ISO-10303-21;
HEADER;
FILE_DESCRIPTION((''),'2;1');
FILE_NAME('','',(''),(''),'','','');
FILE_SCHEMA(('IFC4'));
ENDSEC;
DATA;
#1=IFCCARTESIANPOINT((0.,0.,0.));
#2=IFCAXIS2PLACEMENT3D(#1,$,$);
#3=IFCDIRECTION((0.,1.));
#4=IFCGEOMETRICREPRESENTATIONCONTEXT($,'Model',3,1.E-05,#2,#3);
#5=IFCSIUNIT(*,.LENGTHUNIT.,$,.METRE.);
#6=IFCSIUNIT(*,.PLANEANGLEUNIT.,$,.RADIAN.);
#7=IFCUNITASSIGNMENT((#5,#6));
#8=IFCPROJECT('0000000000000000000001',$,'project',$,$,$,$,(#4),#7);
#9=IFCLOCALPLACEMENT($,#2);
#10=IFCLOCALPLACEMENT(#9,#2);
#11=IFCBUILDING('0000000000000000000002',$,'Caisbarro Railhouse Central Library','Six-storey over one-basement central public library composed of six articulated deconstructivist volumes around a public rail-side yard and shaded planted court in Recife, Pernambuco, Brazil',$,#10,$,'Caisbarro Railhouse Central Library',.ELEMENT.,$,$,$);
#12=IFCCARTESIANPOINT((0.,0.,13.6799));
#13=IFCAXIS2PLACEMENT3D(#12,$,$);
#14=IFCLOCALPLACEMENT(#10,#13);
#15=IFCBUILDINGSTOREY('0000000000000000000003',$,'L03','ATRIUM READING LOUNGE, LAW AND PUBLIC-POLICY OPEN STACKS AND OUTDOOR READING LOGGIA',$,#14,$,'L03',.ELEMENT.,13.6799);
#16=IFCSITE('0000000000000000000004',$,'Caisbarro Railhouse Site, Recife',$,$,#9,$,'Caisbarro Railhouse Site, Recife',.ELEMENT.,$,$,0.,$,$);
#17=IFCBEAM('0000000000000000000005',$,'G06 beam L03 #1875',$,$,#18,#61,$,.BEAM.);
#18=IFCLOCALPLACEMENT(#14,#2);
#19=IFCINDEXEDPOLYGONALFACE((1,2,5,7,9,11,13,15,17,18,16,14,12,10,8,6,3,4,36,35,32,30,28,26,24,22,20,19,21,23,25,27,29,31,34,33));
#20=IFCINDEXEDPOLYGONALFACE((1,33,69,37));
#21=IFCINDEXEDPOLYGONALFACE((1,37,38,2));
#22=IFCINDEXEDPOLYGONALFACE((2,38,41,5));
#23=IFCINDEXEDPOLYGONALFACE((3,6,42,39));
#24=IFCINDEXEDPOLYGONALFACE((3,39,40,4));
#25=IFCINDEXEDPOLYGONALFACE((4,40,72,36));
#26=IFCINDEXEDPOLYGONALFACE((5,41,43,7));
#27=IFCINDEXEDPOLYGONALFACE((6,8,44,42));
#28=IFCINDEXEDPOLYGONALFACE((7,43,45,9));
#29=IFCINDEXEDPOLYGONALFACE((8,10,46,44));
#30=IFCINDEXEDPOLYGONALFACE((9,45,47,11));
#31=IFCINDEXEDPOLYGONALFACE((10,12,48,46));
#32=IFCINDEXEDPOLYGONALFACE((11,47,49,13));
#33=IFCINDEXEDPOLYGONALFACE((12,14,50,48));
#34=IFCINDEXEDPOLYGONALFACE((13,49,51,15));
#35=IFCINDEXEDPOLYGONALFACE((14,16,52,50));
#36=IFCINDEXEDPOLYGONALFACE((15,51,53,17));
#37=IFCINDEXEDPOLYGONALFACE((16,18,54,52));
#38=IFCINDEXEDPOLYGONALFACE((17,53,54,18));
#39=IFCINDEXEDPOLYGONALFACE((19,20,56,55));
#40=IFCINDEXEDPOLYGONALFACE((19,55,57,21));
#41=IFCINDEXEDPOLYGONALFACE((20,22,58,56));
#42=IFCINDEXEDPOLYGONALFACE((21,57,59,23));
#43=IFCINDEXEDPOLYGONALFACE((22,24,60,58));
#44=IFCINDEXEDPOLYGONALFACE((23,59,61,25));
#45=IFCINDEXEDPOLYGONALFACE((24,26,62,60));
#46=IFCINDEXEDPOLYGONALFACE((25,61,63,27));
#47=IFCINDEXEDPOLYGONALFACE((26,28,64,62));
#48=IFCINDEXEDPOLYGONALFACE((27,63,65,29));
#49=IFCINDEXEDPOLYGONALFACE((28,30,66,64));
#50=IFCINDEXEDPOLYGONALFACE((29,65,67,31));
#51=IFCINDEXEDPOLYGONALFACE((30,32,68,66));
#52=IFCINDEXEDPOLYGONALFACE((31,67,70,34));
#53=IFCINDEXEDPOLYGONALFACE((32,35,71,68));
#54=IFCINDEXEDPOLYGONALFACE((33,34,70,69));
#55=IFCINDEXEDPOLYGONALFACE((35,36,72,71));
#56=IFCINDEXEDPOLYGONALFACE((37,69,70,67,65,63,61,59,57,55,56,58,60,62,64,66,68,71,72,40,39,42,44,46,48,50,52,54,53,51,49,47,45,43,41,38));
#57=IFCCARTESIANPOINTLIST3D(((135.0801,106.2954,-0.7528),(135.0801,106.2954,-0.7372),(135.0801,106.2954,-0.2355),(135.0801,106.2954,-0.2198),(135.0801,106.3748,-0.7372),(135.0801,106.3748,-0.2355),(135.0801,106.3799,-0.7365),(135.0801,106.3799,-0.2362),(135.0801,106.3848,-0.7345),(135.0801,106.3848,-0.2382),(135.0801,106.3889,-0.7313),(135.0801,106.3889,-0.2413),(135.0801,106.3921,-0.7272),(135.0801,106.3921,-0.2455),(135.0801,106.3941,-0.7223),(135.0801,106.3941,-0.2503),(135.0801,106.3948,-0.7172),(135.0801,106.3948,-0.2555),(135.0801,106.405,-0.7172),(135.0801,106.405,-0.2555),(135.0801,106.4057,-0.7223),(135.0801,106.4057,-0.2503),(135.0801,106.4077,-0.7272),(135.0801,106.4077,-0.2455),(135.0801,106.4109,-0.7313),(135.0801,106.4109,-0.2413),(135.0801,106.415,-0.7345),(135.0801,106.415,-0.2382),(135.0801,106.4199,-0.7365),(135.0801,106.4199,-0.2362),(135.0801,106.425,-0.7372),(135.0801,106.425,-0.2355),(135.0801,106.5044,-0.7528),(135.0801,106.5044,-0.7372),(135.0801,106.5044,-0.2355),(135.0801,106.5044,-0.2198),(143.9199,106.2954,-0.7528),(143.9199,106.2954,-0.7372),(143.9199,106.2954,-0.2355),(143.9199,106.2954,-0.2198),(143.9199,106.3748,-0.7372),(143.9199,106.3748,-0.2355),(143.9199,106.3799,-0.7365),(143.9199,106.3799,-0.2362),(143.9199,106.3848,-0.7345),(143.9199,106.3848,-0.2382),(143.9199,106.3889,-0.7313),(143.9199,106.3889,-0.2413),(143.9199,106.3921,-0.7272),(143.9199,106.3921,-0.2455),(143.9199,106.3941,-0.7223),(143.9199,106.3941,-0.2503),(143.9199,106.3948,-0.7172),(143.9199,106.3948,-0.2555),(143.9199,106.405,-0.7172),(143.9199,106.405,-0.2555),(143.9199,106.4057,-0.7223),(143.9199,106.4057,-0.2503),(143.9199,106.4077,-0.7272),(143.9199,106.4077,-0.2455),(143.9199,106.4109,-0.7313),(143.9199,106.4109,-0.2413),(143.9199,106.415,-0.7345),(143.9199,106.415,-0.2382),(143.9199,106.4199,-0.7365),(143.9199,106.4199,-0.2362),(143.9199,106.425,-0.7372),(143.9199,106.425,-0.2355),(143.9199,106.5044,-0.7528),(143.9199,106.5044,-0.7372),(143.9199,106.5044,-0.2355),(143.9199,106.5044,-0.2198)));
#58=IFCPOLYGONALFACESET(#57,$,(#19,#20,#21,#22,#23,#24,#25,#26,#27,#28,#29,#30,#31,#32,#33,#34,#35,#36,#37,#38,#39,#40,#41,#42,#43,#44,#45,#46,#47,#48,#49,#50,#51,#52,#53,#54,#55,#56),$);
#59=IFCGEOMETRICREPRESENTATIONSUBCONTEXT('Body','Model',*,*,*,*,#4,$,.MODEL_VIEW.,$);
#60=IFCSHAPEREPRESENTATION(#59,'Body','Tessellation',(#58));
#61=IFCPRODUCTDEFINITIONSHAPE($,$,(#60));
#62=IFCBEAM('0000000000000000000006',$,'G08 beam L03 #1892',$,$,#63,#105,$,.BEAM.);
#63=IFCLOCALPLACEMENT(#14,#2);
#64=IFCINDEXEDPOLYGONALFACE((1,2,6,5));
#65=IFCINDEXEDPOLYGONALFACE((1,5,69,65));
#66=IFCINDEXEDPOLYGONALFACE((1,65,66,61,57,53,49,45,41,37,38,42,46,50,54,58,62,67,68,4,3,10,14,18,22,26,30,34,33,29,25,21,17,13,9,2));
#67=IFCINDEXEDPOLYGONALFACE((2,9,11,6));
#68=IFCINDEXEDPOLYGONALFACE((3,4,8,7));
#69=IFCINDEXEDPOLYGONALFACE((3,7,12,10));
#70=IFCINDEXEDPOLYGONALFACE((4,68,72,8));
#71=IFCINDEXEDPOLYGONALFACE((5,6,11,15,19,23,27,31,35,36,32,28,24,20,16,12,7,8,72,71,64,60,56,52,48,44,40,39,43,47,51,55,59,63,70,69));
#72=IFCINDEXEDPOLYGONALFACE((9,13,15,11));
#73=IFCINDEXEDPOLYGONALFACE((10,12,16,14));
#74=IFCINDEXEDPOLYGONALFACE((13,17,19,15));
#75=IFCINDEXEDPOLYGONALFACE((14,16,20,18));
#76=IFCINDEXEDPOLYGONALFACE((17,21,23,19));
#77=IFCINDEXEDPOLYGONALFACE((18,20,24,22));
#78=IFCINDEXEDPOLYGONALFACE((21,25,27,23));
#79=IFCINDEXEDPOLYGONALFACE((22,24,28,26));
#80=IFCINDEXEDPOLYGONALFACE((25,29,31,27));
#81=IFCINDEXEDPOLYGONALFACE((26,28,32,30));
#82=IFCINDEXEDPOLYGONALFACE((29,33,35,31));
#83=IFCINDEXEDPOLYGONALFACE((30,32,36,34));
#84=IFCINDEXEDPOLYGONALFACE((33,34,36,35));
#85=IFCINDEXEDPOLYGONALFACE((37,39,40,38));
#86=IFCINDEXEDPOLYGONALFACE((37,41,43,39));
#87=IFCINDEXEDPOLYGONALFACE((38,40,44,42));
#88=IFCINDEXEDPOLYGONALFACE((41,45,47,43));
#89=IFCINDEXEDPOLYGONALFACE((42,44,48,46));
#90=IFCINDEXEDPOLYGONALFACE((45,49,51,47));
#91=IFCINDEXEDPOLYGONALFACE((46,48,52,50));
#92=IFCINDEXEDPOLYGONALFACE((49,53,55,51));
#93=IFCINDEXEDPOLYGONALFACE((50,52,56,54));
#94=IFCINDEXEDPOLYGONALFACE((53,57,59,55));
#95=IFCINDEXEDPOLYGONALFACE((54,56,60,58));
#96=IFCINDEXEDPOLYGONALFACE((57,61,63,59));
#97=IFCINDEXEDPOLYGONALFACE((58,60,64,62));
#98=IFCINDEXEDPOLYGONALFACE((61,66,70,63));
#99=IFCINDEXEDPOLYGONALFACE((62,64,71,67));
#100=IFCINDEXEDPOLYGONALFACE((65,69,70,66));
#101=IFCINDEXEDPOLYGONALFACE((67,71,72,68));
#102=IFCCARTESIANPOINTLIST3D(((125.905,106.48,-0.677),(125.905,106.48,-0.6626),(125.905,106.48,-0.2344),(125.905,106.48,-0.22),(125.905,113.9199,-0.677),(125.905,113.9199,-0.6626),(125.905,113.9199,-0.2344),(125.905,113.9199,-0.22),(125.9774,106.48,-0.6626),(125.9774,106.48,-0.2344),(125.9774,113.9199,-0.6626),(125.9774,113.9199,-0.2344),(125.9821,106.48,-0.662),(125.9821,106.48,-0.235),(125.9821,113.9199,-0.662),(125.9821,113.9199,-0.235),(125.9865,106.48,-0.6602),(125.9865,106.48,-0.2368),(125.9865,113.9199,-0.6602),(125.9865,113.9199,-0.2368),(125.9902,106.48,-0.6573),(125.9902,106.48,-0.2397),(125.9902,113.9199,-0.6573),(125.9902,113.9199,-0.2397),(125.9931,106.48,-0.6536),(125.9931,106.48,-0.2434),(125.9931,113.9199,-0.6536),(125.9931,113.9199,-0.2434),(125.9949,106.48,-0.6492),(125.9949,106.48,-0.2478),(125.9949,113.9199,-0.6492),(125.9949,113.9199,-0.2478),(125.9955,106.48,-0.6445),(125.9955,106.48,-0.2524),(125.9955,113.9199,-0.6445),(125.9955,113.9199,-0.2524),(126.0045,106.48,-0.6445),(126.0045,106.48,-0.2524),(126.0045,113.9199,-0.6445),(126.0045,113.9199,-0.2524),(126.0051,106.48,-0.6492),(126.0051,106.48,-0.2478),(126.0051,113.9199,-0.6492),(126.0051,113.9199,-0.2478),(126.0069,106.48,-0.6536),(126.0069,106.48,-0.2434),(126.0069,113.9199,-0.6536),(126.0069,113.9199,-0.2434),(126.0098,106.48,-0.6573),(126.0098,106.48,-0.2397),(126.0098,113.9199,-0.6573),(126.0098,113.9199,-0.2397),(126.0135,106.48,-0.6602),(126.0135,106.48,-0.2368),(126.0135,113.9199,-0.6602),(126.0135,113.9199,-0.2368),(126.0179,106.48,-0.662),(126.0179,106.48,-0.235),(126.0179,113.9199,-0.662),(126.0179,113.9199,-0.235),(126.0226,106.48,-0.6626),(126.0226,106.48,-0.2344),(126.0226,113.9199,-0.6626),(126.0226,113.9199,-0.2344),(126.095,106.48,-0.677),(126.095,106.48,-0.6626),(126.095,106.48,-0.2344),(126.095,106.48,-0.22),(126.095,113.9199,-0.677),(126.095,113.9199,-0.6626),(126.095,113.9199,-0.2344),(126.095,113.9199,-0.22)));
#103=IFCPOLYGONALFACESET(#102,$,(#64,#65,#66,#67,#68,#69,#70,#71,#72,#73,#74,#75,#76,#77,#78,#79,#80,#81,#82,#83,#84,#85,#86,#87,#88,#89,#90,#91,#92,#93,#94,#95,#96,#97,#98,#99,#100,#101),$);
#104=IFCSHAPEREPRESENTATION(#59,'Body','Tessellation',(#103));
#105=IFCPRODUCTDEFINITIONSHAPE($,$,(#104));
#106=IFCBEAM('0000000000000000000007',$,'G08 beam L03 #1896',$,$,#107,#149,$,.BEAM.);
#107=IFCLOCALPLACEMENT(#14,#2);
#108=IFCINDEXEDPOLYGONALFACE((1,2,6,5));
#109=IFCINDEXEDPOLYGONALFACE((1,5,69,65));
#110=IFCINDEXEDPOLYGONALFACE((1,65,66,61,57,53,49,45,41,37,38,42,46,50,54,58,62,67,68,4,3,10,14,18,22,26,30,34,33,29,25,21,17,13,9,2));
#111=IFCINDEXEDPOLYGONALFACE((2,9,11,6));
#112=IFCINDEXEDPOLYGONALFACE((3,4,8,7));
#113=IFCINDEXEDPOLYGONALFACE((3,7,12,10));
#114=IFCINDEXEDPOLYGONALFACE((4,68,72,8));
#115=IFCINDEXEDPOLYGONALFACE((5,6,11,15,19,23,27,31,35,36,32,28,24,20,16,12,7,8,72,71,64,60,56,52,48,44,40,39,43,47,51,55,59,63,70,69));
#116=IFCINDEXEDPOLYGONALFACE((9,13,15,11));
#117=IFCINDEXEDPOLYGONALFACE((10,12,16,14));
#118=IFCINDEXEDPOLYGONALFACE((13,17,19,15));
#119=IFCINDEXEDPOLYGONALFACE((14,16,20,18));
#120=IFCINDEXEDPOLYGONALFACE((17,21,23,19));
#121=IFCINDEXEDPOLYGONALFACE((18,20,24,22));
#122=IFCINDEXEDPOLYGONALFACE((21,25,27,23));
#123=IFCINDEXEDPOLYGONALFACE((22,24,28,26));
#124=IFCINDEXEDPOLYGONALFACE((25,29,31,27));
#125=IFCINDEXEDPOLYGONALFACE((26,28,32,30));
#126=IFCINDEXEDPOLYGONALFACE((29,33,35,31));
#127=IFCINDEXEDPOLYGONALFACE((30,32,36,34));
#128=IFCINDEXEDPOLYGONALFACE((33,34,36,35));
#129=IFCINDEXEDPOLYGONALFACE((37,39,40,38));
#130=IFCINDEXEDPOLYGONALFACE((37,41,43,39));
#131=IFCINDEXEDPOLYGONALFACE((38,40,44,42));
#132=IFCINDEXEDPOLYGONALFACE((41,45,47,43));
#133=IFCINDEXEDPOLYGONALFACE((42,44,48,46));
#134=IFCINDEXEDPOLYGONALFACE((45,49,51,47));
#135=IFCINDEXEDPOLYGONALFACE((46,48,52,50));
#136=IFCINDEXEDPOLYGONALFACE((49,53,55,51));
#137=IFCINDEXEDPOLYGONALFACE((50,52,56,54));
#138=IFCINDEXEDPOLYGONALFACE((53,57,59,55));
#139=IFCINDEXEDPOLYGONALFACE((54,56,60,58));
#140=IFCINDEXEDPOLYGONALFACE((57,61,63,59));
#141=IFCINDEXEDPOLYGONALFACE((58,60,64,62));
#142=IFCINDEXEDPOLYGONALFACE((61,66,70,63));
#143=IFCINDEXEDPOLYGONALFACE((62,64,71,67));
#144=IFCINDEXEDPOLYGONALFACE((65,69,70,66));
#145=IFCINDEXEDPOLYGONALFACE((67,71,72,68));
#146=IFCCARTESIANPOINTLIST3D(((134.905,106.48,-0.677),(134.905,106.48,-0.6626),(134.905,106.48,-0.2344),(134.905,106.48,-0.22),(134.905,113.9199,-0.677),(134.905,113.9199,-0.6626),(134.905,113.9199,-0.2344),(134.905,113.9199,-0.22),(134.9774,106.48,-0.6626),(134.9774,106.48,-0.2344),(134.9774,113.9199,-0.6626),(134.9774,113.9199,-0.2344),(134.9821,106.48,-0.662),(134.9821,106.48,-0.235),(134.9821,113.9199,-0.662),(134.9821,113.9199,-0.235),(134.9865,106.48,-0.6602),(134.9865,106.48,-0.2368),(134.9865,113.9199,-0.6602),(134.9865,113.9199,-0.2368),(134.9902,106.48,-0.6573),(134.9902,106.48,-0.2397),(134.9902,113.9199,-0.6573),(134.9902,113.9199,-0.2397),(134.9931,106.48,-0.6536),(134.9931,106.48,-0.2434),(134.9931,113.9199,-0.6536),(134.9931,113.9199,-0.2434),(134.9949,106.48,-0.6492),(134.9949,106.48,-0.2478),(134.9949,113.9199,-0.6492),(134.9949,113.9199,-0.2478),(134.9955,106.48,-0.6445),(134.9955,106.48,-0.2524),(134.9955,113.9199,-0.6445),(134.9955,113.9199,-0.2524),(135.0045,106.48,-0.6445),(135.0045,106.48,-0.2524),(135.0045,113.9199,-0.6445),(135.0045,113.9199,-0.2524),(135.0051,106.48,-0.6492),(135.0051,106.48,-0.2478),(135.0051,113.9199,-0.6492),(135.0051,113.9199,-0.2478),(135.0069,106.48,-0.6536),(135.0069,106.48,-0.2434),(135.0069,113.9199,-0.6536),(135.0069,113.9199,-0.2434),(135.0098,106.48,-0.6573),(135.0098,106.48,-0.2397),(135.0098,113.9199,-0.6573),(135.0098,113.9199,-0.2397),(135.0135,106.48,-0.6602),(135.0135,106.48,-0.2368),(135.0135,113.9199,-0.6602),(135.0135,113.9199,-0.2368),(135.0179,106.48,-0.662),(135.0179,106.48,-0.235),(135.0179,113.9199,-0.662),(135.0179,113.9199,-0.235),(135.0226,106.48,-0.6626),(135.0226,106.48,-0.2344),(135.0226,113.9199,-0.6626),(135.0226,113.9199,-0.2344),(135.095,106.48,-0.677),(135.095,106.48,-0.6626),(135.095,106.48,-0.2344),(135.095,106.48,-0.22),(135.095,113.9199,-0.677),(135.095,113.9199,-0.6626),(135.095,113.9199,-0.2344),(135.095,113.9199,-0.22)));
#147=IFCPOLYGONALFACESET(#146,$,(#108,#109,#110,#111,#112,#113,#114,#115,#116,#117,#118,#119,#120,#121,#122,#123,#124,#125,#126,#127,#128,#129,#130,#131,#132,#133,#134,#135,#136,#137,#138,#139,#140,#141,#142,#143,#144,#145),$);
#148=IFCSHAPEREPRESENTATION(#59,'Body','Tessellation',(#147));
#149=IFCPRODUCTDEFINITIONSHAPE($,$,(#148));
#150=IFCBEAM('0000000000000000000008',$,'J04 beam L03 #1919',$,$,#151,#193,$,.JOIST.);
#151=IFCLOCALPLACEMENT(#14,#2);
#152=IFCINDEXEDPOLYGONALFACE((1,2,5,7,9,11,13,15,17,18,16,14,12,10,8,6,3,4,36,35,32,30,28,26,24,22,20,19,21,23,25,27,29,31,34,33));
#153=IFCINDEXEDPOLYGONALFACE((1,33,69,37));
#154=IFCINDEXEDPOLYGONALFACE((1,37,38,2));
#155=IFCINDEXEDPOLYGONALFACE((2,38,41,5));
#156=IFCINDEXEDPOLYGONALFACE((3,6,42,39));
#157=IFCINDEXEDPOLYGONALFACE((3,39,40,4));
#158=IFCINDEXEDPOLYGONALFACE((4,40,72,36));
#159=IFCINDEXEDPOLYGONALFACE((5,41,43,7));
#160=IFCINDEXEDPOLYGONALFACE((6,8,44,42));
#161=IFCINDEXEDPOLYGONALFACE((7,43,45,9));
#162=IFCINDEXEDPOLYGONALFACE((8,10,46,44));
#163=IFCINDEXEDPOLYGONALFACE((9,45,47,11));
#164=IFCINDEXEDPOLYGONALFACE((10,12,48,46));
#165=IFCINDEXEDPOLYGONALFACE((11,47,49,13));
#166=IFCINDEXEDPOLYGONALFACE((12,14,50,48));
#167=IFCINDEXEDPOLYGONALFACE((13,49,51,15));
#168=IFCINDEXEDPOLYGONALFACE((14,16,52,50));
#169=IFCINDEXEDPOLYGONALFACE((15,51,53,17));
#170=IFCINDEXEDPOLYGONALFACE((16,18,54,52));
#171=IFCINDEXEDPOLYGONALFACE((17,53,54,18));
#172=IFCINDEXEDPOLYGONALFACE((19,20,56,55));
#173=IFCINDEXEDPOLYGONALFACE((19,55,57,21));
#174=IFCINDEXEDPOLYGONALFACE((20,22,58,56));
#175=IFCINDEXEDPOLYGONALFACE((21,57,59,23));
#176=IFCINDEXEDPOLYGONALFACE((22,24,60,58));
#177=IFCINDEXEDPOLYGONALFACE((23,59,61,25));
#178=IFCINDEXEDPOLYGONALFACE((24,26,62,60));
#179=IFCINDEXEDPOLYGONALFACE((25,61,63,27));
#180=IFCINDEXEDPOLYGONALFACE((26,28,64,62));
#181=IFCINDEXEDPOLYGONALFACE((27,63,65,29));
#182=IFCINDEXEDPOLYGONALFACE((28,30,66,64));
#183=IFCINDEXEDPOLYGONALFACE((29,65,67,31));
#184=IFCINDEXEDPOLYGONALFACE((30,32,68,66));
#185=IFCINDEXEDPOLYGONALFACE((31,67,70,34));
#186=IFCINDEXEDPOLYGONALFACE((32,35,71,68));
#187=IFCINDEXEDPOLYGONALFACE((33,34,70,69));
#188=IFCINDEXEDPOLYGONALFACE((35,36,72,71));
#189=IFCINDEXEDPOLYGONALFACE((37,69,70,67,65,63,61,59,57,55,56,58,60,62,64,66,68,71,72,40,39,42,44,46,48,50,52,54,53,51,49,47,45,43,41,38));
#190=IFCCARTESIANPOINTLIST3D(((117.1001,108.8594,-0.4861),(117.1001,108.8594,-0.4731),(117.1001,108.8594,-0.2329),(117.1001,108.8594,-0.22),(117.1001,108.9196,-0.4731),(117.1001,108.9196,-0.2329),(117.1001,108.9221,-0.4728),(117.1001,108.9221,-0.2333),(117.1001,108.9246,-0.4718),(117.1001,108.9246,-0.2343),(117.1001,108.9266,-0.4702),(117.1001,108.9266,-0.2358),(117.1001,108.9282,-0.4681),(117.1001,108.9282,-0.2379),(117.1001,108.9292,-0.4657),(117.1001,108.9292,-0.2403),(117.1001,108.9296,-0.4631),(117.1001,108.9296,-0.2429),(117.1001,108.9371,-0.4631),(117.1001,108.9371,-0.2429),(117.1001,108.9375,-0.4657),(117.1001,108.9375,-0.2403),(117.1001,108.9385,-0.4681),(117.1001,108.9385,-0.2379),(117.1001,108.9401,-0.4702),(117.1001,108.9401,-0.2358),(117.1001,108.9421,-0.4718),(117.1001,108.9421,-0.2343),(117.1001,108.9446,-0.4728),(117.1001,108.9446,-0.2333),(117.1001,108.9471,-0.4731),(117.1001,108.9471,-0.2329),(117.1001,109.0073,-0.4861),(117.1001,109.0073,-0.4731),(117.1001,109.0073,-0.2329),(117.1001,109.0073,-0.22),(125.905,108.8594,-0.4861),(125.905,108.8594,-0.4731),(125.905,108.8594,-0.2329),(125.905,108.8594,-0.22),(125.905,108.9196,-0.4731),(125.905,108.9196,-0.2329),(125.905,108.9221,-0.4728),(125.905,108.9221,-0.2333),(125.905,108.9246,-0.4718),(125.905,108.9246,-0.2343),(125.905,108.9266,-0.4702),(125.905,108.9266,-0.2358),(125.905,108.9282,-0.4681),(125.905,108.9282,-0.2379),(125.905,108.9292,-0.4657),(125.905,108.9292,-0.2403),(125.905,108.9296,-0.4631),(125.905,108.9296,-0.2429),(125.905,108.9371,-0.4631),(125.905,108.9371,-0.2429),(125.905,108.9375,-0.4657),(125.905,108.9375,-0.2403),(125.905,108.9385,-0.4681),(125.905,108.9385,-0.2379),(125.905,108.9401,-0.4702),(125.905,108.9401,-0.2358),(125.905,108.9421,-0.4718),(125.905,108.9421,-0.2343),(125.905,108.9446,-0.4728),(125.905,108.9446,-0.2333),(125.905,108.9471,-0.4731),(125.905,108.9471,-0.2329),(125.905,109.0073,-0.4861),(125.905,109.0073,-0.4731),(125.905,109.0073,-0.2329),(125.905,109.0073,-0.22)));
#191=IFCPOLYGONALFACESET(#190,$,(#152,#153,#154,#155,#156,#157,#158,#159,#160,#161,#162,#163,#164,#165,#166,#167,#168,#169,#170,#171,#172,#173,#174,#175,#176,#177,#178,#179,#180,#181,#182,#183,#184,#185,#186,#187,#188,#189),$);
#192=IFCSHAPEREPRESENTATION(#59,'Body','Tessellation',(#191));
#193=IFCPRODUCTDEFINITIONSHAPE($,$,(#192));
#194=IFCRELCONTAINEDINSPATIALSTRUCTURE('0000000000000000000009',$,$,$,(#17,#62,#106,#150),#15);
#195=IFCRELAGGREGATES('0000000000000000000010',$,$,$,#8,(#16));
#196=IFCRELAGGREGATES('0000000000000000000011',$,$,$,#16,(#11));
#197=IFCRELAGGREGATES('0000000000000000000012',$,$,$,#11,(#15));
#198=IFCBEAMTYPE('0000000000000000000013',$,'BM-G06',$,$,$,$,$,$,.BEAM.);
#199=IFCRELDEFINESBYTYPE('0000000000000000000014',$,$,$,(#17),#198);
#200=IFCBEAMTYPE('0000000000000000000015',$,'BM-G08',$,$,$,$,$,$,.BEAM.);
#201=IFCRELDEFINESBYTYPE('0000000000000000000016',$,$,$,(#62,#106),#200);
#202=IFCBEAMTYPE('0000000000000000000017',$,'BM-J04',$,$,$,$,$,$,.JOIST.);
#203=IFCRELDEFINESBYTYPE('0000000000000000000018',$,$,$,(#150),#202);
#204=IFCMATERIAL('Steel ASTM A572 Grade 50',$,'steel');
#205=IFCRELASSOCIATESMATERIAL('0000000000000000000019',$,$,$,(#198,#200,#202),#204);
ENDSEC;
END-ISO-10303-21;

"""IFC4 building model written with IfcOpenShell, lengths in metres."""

from ifc_helpers import new_model, si_unit, direction, frame, origin, origin_2d, place, context, subcontext, project, spatial, i_section, extrude, material, material_profile, profile_set, type_object, element, save


model = new_model("IFC4")

# Units and contexts
model_context = context("Model", 3, precision=1e-05, world=origin(), true_north=direction((0.0, 1.0)))
body_context = subcontext(model_context, "Body", "Model", "MODEL_VIEW")
ifc_project = project(units=[si_unit("LENGTHUNIT", "METRE"), si_unit("PLANEANGLEUNIT", "RADIAN")], contexts=[model_context])

# Site, building, storey
site_placement = place(None, origin())
site = spatial("IfcSite", under=ifc_project, at=site_placement, Name="Caisbarro Railhouse Site, Recife", LongName="Caisbarro Railhouse Site, Recife", CompositionType="ELEMENT", RefElevation=0.0)
building_placement = place(site_placement, origin())
building = spatial("IfcBuilding", under=site, at=building_placement, Name="Caisbarro Railhouse Central Library", Description="Six-storey over one-basement central public library composed of six articulated deconstructivist volumes around a public rail-side yard and shaded planted court in Recife, Pernambuco, Brazil", LongName="Caisbarro Railhouse Central Library", CompositionType="ELEMENT")
storey_placement = place(building_placement, frame((0.0, 0.0, 13.6799)))
storey = spatial("IfcBuildingStorey", under=building, at=storey_placement, Name="L03", Description="ATRIUM READING LOUNGE, LAW AND PUBLIC-POLICY OPEN STACKS AND OUTDOOR READING LOGGIA", LongName="L03", CompositionType="ELEMENT", Elevation=13.6799)

# Shared definitions
ifc_material_1 = material(Name="Steel ASTM A572 Grade 50", Category="steel")

# Beams
ifc_material_profile_1 = material_profile(ifc_material_1, i_section(OverallWidth=0.209, OverallDepth=0.533, WebThickness=0.0103, FlangeThickness=0.0156, FilletRadius=0.02, at=origin_2d()), Name="W530X92.0")
ifc_profile_set_1 = profile_set([ifc_material_profile_1], Name="Steel ASTM A572 Grade 50")
beam_type_1 = type_object("IfcBeamType", Name="BM-G06", PredefinedType="BEAM", material=ifc_profile_set_1)
beam_placement = place(storey_placement, frame((135.0801, 106.3999, -0.4863), z_axis=(1.0, 0.0, 0.0), x_axis=(0.0, 1.0, 0.0)))
element("IfcBeam", 1, at=beam_placement, inside=storey, type_object=beam_type_1, Name="G06 beam L03 #1875", PredefinedType="BEAM", context=body_context, shape_type="SweptSolid", body=[
    extrude(i_section(OverallWidth=0.209, OverallDepth=0.533, WebThickness=0.0103, FlangeThickness=0.0156, FilletRadius=0.02, at=origin_2d()), origin(), (0.0, 0.0, 1.0), 8.8398),
])
ifc_material_profile_2 = material_profile(ifc_material_1, i_section(OverallWidth=0.1899, OverallDepth=0.457, WebThickness=0.009, FlangeThickness=0.0144, FilletRadius=0.0181, at=origin_2d()), Name="W460X74.0")
ifc_profile_set_2 = profile_set([ifc_material_profile_2], Name="Steel ASTM A572 Grade 50")
beam_type_2 = type_object("IfcBeamType", Name="BM-G08", PredefinedType="BEAM", material=ifc_profile_set_2)
for number, where, z_axis, x_axis, name in (
    (2, (126.0, 106.48, -0.4485), (0.0, 1.0, 0.0), (-1.0, 0.0, 0.0), "G08 beam L03 #1892"),
    (3, (135.0, 106.48, -0.4485), (0.0, 1.0, 0.0), (-1.0, 0.0, 0.0), "G08 beam L03 #1896"),
):
    element("IfcBeam", number, at=place(storey_placement, frame(where, z_axis=z_axis, x_axis=x_axis)), inside=storey, type_object=beam_type_2, Name=name, PredefinedType="BEAM", context=body_context, shape_type="SweptSolid", body=[
        extrude(i_section(OverallWidth=0.1899, OverallDepth=0.457, WebThickness=0.009, FlangeThickness=0.0144, FilletRadius=0.0181, at=origin_2d()), origin(), (0.0, 0.0, 1.0), 7.4399),
    ])
ifc_material_profile_3 = material_profile(ifc_material_1, i_section(OverallWidth=0.1479, OverallDepth=0.2661, WebThickness=0.0076, FlangeThickness=0.0129, FilletRadius=0.01, at=origin_2d()), Name="W250X44.8")
ifc_profile_set_3 = profile_set([ifc_material_profile_3], Name="Steel ASTM A572 Grade 50")
beam_type_3 = type_object("IfcBeamType", Name="BM-J04", PredefinedType="JOIST", material=ifc_profile_set_3)
for number, where, z_axis, x_axis, name in (
    (4, (117.1001, 108.9333, -0.353), (1.0, 0.0, 0.0), (0.0, 1.0, 0.0), "J04 beam L03 #1919"),
):
    element("IfcBeam", number, at=place(storey_placement, frame(where, z_axis=z_axis, x_axis=x_axis)), inside=storey, type_object=beam_type_3, Name=name, PredefinedType="JOIST", context=body_context, shape_type="SweptSolid", body=[
        extrude(i_section(OverallWidth=0.1479, OverallDepth=0.2661, WebThickness=0.0076, FlangeThickness=0.0129, FilletRadius=0.01, at=origin_2d()), origin(), (0.0, 0.0, 1.0), 8.8049),
    ])

save(model, "model.ifc")
